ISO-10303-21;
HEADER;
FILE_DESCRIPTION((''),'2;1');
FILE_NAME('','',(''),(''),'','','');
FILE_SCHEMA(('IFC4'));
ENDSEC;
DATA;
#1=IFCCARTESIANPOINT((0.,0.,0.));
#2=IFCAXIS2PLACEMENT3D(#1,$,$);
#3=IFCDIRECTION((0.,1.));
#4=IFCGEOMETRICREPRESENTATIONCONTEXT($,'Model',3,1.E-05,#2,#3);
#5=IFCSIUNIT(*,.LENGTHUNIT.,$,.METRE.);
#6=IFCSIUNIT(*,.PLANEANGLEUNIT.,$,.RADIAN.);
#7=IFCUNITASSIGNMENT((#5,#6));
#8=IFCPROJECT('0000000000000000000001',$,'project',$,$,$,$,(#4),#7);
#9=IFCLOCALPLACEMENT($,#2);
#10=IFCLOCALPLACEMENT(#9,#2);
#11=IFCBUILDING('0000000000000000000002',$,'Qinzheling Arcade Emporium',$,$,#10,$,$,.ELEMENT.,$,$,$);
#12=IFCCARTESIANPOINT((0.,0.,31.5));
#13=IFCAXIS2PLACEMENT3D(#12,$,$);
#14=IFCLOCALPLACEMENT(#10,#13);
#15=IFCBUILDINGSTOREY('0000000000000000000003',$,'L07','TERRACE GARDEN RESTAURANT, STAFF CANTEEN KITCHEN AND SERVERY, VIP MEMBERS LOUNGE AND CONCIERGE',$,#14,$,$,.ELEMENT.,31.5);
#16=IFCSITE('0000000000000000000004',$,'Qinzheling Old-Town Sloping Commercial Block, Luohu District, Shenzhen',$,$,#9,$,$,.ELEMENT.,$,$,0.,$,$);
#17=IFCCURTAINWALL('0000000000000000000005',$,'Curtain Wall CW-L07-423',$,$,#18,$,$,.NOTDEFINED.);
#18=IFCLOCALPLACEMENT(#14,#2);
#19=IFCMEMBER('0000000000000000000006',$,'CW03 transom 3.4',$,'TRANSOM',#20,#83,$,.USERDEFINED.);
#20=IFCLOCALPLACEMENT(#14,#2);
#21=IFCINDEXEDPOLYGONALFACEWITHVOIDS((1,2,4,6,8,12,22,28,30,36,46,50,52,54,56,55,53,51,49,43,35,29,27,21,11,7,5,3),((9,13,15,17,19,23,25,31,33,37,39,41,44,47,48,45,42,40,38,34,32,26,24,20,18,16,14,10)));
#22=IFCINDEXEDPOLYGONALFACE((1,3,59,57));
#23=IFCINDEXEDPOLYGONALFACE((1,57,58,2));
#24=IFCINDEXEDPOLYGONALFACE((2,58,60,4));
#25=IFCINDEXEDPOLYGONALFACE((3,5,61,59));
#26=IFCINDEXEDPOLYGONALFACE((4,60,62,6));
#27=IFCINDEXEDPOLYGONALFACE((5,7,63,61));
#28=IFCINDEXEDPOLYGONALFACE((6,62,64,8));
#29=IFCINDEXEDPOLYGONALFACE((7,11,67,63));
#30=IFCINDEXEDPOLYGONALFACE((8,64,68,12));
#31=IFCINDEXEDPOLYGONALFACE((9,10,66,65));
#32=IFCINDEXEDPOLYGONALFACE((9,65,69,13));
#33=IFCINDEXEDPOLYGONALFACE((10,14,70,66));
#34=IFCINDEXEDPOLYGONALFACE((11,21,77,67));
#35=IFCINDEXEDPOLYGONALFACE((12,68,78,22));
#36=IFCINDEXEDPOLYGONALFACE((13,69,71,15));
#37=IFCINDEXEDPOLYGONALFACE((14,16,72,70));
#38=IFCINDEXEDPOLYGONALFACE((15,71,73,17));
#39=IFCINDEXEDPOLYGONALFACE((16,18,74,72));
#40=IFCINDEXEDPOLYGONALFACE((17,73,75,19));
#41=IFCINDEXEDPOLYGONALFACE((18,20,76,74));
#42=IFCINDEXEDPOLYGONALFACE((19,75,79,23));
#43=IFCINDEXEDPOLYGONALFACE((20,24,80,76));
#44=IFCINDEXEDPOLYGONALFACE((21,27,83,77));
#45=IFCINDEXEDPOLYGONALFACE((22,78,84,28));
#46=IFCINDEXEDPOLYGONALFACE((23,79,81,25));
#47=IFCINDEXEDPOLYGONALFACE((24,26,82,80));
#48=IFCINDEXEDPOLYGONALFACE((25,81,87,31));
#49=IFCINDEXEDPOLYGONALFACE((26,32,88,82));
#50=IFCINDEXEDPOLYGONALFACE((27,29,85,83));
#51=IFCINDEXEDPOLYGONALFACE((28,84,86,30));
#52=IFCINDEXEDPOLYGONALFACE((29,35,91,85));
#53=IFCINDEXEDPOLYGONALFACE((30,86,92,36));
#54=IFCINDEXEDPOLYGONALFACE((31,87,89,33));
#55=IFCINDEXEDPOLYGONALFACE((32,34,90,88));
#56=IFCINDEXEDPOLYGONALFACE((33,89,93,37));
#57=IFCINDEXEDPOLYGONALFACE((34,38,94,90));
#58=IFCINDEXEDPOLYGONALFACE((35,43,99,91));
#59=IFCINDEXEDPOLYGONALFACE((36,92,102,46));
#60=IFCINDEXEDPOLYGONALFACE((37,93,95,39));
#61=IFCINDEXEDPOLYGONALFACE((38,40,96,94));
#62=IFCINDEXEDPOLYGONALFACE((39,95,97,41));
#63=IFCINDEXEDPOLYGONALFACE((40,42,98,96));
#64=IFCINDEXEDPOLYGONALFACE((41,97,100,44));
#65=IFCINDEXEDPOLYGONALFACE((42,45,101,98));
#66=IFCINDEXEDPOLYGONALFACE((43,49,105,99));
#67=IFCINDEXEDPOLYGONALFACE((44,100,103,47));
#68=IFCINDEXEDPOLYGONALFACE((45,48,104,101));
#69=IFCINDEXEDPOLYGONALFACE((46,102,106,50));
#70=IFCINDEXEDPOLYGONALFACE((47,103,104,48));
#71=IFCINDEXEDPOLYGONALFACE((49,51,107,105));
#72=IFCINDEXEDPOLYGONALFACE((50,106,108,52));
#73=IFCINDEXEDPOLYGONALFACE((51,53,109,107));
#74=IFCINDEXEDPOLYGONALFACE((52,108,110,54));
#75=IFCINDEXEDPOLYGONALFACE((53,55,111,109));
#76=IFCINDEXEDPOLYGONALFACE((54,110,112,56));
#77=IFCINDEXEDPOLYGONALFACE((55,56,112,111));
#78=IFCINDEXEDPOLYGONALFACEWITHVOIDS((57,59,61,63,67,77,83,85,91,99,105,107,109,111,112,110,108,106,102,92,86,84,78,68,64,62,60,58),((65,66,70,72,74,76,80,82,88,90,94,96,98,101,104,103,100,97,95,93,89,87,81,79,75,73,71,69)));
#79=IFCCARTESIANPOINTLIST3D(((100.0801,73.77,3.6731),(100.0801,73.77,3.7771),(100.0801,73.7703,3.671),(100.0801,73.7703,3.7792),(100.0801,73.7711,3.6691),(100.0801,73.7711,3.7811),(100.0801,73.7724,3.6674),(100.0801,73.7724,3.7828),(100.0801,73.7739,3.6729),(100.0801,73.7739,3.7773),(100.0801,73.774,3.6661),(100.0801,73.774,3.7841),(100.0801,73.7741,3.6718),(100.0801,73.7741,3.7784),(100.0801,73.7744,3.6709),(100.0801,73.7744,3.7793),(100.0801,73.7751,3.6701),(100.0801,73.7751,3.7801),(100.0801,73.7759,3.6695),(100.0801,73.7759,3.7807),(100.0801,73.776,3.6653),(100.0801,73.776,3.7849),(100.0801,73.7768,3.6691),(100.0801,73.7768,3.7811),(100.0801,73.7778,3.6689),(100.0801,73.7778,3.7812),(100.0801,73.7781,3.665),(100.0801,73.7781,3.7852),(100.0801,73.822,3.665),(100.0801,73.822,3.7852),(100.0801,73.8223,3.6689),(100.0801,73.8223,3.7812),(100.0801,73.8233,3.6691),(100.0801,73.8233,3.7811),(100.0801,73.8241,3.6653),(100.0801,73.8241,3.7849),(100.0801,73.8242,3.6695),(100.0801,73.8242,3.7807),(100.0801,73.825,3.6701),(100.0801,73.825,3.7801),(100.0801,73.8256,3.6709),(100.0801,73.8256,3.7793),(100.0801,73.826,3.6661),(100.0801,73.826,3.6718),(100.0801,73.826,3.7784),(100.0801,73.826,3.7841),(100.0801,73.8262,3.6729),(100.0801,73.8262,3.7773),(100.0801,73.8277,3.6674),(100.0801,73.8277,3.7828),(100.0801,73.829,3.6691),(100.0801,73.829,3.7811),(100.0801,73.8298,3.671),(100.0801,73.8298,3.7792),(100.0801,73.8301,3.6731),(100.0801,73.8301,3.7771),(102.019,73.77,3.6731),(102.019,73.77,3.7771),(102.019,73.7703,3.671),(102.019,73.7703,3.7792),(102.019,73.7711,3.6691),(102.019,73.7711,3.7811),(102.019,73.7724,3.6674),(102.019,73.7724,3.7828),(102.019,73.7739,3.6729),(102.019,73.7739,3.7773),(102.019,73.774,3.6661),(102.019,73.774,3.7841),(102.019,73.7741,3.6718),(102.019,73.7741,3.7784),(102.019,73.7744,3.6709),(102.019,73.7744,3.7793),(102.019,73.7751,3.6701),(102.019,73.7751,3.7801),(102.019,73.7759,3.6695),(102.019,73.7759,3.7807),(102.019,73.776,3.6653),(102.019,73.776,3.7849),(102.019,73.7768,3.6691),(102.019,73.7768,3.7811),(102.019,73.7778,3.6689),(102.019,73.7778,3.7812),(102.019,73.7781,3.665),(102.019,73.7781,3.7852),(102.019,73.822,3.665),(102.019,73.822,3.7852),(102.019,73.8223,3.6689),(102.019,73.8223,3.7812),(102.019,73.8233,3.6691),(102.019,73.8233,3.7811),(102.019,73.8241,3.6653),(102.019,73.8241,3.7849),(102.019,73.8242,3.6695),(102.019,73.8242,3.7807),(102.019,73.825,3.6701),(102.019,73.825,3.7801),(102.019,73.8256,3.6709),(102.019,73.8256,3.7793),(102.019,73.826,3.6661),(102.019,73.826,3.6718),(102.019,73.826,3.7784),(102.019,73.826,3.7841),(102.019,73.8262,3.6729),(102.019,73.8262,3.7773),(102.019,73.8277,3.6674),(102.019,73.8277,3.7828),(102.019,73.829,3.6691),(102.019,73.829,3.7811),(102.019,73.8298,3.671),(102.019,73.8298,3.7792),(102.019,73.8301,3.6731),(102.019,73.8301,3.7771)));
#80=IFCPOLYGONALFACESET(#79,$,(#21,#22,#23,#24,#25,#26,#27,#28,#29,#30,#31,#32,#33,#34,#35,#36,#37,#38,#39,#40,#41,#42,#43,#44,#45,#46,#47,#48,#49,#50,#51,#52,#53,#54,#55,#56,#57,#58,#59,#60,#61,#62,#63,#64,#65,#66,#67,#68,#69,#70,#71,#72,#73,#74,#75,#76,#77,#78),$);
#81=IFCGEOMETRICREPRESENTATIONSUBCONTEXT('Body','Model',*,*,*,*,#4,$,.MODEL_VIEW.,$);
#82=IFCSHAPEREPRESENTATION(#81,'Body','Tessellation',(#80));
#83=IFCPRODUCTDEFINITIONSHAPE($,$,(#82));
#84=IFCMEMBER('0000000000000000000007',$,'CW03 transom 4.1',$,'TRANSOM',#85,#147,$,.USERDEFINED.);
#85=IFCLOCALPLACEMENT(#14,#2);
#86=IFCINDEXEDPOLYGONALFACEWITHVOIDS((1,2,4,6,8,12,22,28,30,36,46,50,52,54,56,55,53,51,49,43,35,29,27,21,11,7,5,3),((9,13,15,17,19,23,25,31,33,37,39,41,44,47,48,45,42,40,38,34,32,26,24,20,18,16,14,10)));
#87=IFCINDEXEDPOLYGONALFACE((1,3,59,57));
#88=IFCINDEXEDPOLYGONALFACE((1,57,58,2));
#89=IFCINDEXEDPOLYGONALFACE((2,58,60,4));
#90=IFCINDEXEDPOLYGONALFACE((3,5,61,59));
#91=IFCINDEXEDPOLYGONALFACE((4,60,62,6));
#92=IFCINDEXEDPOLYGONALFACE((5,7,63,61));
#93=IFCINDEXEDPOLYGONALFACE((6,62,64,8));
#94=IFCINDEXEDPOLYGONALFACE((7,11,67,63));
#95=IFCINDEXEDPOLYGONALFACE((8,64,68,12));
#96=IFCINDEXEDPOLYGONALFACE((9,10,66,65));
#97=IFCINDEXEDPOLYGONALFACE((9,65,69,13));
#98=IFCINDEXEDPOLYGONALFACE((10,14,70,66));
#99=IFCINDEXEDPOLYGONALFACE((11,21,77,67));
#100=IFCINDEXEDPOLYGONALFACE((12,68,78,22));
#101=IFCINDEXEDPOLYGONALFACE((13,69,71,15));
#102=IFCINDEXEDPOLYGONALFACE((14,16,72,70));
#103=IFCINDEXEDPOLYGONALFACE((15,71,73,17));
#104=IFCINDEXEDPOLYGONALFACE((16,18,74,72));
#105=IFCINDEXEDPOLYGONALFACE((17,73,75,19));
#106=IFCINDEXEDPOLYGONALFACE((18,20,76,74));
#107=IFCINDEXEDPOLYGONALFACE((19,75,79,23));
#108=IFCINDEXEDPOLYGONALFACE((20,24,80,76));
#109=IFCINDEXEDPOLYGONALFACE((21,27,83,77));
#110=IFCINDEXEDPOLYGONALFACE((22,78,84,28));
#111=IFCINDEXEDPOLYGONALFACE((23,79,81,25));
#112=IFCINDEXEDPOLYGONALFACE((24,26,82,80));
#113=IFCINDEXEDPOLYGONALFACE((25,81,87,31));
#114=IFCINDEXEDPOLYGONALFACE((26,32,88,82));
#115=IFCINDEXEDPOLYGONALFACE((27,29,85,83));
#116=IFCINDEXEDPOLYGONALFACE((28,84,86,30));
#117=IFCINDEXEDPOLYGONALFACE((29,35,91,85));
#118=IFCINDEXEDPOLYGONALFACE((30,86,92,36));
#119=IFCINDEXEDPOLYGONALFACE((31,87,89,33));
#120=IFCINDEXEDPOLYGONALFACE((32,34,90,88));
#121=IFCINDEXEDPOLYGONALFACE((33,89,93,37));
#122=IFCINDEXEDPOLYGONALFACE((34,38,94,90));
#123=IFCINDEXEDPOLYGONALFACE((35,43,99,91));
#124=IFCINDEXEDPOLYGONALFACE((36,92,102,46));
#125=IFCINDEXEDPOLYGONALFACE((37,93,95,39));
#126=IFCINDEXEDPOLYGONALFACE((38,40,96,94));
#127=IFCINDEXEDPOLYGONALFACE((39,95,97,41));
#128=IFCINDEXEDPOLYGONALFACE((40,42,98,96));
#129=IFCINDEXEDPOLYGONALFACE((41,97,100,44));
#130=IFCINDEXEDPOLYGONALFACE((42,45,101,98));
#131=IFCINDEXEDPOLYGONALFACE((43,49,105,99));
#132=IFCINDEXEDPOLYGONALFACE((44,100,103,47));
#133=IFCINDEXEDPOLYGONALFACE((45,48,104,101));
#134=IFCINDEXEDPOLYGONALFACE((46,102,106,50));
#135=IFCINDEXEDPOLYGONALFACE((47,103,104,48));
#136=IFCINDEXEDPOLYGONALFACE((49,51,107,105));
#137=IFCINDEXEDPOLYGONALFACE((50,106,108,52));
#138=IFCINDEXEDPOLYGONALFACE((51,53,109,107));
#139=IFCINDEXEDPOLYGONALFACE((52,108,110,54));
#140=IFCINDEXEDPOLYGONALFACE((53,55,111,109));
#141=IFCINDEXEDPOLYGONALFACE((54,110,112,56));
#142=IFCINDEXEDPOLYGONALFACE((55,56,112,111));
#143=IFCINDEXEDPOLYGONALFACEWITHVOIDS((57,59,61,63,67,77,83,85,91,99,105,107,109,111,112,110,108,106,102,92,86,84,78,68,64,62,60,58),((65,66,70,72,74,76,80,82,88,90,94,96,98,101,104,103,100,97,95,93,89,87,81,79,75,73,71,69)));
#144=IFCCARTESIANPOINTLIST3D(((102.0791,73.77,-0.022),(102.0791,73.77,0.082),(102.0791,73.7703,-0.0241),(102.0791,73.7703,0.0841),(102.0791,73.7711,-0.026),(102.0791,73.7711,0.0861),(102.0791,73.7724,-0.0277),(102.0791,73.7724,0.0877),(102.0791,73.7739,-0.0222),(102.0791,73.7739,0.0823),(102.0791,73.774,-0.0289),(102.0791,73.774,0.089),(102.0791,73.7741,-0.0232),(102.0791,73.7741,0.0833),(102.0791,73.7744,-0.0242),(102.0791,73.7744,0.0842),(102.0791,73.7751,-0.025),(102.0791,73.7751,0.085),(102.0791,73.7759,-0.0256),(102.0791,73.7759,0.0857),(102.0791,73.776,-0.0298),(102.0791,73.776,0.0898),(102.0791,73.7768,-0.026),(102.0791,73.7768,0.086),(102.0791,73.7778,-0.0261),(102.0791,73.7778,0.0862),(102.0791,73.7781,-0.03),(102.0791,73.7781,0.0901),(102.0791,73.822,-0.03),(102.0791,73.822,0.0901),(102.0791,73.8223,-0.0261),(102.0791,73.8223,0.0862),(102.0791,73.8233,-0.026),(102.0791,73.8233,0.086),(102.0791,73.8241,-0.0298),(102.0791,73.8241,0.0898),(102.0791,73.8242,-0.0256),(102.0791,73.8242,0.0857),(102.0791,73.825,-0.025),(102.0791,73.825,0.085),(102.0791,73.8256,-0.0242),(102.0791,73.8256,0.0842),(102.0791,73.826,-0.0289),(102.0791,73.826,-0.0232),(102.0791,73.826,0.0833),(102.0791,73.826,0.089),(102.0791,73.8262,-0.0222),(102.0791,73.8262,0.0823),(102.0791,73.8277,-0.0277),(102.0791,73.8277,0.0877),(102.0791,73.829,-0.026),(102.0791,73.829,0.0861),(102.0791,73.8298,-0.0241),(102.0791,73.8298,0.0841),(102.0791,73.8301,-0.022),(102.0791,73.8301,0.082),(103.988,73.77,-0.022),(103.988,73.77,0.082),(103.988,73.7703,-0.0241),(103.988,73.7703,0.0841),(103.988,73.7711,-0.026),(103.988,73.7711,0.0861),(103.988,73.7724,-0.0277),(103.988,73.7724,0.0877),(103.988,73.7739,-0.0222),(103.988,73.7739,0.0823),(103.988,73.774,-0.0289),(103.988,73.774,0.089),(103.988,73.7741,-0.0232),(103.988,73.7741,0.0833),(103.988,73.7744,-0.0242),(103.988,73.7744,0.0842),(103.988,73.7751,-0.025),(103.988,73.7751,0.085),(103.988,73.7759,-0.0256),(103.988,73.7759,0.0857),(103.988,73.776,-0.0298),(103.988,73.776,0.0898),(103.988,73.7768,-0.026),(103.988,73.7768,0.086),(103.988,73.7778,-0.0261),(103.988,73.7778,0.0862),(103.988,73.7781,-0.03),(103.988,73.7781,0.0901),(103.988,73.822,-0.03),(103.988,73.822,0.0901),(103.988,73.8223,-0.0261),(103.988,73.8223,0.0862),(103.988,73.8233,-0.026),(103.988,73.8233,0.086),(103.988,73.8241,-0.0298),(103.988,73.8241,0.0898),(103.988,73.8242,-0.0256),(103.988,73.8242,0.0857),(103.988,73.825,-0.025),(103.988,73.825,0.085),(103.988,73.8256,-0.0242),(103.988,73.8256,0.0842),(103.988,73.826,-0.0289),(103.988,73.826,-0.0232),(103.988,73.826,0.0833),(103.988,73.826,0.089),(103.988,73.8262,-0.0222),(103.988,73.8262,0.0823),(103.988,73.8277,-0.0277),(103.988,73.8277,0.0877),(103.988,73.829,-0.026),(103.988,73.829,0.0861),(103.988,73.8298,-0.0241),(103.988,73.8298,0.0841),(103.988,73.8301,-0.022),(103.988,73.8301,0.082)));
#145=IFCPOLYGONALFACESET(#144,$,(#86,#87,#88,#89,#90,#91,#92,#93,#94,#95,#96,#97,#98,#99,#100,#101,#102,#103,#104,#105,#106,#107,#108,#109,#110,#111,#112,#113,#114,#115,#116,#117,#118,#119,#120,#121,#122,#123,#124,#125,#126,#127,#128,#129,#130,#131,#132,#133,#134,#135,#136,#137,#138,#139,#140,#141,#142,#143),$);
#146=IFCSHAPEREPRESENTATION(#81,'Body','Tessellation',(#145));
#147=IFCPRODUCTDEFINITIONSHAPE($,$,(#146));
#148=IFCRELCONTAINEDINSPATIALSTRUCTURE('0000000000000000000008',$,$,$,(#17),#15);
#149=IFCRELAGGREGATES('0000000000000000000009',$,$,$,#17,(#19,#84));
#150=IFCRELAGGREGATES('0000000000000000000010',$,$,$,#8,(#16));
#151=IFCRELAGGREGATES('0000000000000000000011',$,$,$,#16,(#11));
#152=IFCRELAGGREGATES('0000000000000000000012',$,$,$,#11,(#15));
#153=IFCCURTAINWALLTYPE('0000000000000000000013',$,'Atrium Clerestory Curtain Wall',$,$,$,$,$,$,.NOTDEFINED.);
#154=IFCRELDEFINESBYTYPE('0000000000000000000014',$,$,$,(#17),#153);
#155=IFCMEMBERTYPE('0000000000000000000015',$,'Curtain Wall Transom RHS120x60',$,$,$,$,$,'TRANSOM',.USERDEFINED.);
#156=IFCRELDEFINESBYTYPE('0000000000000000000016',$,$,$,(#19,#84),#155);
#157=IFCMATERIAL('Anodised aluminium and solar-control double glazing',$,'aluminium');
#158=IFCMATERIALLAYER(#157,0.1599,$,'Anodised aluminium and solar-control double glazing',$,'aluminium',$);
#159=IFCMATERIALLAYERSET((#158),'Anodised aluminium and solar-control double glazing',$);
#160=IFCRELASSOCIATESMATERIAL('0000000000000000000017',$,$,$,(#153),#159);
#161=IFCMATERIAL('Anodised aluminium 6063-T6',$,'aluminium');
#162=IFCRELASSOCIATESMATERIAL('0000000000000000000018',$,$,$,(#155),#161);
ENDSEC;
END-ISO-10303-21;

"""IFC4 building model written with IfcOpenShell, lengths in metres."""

from ifc_helpers import new_model, si_unit, direction, frame, origin, origin_2d, place, context, subcontext, project, spatial, hollow_rectangle, extrude, material, layer, layer_set, material_profile, profile_set, type_object, element, aggregate, save


model = new_model("IFC4")

# Units and contexts
model_context = context("Model", 3, precision=1e-05, world=origin(), true_north=direction((0.0, 1.0)))
body_context = subcontext(model_context, "Body", "Model", "MODEL_VIEW")
ifc_project = project(units=[si_unit("LENGTHUNIT", "METRE"), si_unit("PLANEANGLEUNIT", "RADIAN")], contexts=[model_context])

# Site, building, storey
site_placement = place(None, origin())
site = spatial("IfcSite", under=ifc_project, at=site_placement, Name="Qinzheling Old-Town Sloping Commercial Block, Luohu District, Shenzhen", CompositionType="ELEMENT", RefElevation=0.0)
building_placement = place(site_placement, origin())
building = spatial("IfcBuilding", under=site, at=building_placement, Name="Qinzheling Arcade Emporium", CompositionType="ELEMENT")
storey_placement = place(building_placement, frame((0.0, 0.0, 31.5)))
storey = spatial("IfcBuildingStorey", under=building, at=storey_placement, Name="L07", Description="TERRACE GARDEN RESTAURANT, STAFF CANTEEN KITCHEN AND SERVERY, VIP MEMBERS LOUNGE AND CONCIERGE", CompositionType="ELEMENT", Elevation=31.5)

# Curtain wall, members
ifc_material_1 = material(Name="Anodised aluminium and solar-control double glazing", Category="aluminium")
ifc_layer_1 = layer(ifc_material_1, 0.1599, Name="Anodised aluminium and solar-control double glazing", Category="aluminium")
ifc_layer_set_1 = layer_set([ifc_layer_1], Name="Anodised aluminium and solar-control double glazing")
curtain_wall_type = type_object("IfcCurtainWallType", Name="Atrium Clerestory Curtain Wall", PredefinedType="NOTDEFINED", material=ifc_layer_set_1)
curtain_wall_placement = place(storey_placement, origin())
curtain_wall = element("IfcCurtainWall", 1, at=curtain_wall_placement, inside=storey, type_object=curtain_wall_type, Name="Curtain Wall CW-L07-423", PredefinedType="NOTDEFINED")
ifc_material_2 = material(Name="Anodised aluminium 6063-T6", Category="aluminium")
ifc_material_profile_1 = material_profile(ifc_material_2, hollow_rectangle(XDim=0.0601, YDim=0.1201, WallThickness=0.0039, InnerFilletRadius=0.0039, OuterFilletRadius=0.0081, at=origin_2d()), Name="RHS 120x60x4", Category="aluminium")
ifc_profile_set_1 = profile_set([ifc_material_profile_1], Name="Anodised aluminium 6063-T6")
member_type_1 = type_object("IfcMemberType", Name="Curtain Wall Transom RHS120x60", ElementType="TRANSOM", PredefinedType="USERDEFINED", material=ifc_profile_set_1)
member_1_placement = place(storey_placement, frame((100.0801, 73.8, 3.7251), z_axis=(1.0, 0.0, 0.0), x_axis=(0.0, 1.0, 0.0)))
member_1 = element("IfcMember", 2, at=member_1_placement, type_object=member_type_1, Name="CW03 transom 3.4", ObjectType="TRANSOM", PredefinedType="USERDEFINED", context=body_context, shape_type="SweptSolid", body=[
    extrude(hollow_rectangle(XDim=0.0601, YDim=0.1201, WallThickness=0.0039, InnerFilletRadius=0.0039, OuterFilletRadius=0.0081, at=origin_2d()), origin(), (0.0, 0.0, 1.0), 1.939),
])
member_2_placement = place(storey_placement, frame((102.0791, 73.8, 0.03), z_axis=(1.0, 0.0, 0.0), x_axis=(0.0, 1.0, 0.0)))
member_2 = element("IfcMember", 3, at=member_2_placement, type_object=member_type_1, Name="CW03 transom 4.1", ObjectType="TRANSOM", PredefinedType="USERDEFINED", context=body_context, shape_type="SweptSolid", body=[
    extrude(hollow_rectangle(XDim=0.0601, YDim=0.1201, WallThickness=0.0039, InnerFilletRadius=0.0039, OuterFilletRadius=0.0081, at=origin_2d()), origin(), (0.0, 0.0, 1.0), 1.9089),
])
aggregate(curtain_wall, [member_1, member_2])

save(model, "model.ifc")
